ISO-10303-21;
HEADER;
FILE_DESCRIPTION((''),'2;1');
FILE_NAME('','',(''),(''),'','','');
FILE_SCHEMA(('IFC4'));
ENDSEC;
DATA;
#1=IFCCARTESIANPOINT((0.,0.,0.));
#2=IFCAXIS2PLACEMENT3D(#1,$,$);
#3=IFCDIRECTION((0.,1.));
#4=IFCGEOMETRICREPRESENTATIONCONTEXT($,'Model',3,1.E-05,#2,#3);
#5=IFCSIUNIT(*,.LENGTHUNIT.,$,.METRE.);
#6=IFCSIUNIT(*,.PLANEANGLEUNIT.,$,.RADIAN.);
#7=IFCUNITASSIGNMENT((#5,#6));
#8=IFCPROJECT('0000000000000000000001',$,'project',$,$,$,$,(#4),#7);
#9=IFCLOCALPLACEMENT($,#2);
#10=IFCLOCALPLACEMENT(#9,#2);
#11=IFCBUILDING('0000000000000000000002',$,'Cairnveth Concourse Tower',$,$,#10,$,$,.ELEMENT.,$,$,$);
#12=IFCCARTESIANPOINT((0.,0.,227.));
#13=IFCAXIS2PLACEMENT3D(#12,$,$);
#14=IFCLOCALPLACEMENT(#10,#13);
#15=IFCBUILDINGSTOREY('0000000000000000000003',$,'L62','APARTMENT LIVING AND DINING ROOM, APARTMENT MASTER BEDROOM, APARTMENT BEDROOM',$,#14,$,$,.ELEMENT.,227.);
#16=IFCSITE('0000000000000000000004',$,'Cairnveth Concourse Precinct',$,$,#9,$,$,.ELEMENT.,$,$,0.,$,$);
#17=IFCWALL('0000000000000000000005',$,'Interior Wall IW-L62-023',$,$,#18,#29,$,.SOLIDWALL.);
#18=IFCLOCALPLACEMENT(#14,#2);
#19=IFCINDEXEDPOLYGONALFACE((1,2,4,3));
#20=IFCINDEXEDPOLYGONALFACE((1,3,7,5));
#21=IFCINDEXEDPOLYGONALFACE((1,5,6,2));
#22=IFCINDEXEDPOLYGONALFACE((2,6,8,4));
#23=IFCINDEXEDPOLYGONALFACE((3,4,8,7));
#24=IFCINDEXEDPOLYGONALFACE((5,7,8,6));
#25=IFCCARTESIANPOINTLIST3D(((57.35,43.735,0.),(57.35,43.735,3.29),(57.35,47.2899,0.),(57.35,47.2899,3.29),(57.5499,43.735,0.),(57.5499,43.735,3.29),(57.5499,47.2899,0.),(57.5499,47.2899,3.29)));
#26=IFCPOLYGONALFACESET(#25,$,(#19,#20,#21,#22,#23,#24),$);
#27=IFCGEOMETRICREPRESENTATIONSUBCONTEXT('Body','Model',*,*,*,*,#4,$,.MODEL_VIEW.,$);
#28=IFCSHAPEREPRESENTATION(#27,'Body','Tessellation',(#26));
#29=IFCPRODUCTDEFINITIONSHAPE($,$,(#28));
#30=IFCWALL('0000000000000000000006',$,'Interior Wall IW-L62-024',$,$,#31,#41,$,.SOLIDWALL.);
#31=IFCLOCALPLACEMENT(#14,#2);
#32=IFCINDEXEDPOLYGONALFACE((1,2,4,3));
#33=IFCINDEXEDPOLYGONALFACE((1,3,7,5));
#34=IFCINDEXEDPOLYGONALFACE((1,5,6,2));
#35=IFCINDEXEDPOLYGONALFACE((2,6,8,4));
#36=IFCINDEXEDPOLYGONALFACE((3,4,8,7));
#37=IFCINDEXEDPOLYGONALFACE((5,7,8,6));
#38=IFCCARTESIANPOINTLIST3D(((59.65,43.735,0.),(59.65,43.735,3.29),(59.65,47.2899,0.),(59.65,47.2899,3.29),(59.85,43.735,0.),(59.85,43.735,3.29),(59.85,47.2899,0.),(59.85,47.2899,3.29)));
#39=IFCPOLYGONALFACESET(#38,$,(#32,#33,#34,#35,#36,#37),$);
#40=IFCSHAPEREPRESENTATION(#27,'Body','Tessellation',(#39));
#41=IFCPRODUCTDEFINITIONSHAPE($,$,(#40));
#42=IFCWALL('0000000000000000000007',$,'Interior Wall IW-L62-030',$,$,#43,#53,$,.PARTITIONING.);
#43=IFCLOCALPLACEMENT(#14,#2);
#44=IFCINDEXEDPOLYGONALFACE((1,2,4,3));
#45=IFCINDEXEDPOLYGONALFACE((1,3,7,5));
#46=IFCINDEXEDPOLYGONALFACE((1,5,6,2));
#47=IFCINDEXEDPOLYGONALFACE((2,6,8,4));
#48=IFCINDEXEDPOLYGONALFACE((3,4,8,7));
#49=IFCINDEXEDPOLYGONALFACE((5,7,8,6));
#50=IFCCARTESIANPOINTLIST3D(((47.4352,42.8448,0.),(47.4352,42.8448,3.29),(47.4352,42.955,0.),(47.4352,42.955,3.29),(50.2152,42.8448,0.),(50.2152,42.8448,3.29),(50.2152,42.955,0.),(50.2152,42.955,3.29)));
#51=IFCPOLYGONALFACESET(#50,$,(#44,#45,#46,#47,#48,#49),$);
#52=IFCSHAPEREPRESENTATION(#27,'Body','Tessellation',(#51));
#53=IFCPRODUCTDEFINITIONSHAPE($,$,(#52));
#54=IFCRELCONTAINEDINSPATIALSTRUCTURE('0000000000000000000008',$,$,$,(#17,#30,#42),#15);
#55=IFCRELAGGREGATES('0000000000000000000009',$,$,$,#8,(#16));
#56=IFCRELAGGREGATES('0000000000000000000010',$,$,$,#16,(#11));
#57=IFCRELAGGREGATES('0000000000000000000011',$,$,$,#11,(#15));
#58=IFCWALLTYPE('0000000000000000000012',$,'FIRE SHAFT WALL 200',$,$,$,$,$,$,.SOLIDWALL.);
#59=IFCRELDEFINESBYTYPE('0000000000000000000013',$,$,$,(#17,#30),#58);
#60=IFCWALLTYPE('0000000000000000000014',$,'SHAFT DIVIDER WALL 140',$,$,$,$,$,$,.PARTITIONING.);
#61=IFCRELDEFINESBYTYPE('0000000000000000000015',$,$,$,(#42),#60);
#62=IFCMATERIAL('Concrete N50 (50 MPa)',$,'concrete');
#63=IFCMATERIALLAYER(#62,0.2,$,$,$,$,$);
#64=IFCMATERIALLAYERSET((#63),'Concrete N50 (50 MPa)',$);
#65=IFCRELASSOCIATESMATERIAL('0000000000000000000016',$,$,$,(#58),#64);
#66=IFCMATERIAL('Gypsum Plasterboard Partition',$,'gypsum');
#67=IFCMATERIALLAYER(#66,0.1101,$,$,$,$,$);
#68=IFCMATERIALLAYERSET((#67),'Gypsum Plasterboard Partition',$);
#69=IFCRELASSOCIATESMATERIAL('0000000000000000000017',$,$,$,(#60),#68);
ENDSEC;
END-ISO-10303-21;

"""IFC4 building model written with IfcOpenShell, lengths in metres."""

from ifc_helpers import new_model, si_unit, direction, frame, frame_2d, origin, place, context, subcontext, project, spatial, rectangle, extrude, material, layer, layer_set, type_object, element, save


model = new_model("IFC4")

# Units and contexts
model_context = context("Model", 3, precision=1e-05, world=origin(), true_north=direction((0.0, 1.0)))
body_context = subcontext(model_context, "Body", "Model", "MODEL_VIEW")
ifc_project = project(units=[si_unit("LENGTHUNIT", "METRE"), si_unit("PLANEANGLEUNIT", "RADIAN")], contexts=[model_context])

# Site, building, storey
site_placement = place(None, origin())
site = spatial("IfcSite", under=ifc_project, at=site_placement, Name="Cairnveth Concourse Precinct", CompositionType="ELEMENT", RefElevation=0.0)
building_placement = place(site_placement, origin())
building = spatial("IfcBuilding", under=site, at=building_placement, Name="Cairnveth Concourse Tower", CompositionType="ELEMENT")
storey_placement = place(building_placement, frame((0.0, 0.0, 227.0)))
storey = spatial("IfcBuildingStorey", under=building, at=storey_placement, Name="L62", Description="APARTMENT LIVING AND DINING ROOM, APARTMENT MASTER BEDROOM, APARTMENT BEDROOM", CompositionType="ELEMENT", Elevation=227.0)

# Shared definitions
ifc_material_1 = material(Name="Gypsum Plasterboard Partition", Category="gypsum")

# Shared definitions
ifc_material_2 = material(Name="Concrete N50 (50 MPa)", Category="concrete")
ifc_layer_1 = layer(ifc_material_2, 0.2)
ifc_layer_set_1 = layer_set([ifc_layer_1], Name="Concrete N50 (50 MPa)")
wall_type_1 = type_object("IfcWallType", Name="FIRE SHAFT WALL 200", PredefinedType="SOLIDWALL", material=ifc_layer_set_1)

# Walls
for number, where, z_axis, x_axis, name in (
    (1, (57.45, 43.7351, 0.0), (0.0, 0.0, 1.0), (0.0, 1.0, 0.0), "Interior Wall IW-L62-023"),
    (2, (59.75, 43.7351, 0.0), (0.0, 0.0, 1.0), (0.0, 1.0, 0.0), "Interior Wall IW-L62-024"),
):
    element("IfcWall", number, at=place(storey_placement, frame(where, z_axis=z_axis, x_axis=x_axis)), inside=storey, type_object=wall_type_1, Name=name, PredefinedType="SOLIDWALL", context=body_context, shape_type="SweptSolid", body=[
        extrude(rectangle(XDim=3.5549, YDim=0.2, at=frame_2d((1.7773, 0.0))), origin(), (0.0, 0.0, 1.0), 3.29),
    ])
ifc_layer_2 = layer(ifc_material_1, 0.1101)
ifc_layer_set_2 = layer_set([ifc_layer_2], Name="Gypsum Plasterboard Partition")
wall_type_2 = type_object("IfcWallType", Name="SHAFT DIVIDER WALL 140", PredefinedType="PARTITIONING", material=ifc_layer_set_2)
wall_1_placement = place(storey_placement, frame((47.4351, 42.8999, 0.0), z_axis=(0.0, 0.0, 1.0), x_axis=(1.0, 0.0, 0.0)))
element("IfcWall", 3, at=wall_1_placement, inside=storey, type_object=wall_type_2, Name="Interior Wall IW-L62-030", PredefinedType="PARTITIONING", context=body_context, shape_type="SweptSolid", body=[
    extrude(rectangle(XDim=2.78, YDim=0.1101, at=frame_2d((1.3901, 0.0))), origin(), (0.0, 0.0, 1.0), 3.29),
])

save(model, "model.ifc")
